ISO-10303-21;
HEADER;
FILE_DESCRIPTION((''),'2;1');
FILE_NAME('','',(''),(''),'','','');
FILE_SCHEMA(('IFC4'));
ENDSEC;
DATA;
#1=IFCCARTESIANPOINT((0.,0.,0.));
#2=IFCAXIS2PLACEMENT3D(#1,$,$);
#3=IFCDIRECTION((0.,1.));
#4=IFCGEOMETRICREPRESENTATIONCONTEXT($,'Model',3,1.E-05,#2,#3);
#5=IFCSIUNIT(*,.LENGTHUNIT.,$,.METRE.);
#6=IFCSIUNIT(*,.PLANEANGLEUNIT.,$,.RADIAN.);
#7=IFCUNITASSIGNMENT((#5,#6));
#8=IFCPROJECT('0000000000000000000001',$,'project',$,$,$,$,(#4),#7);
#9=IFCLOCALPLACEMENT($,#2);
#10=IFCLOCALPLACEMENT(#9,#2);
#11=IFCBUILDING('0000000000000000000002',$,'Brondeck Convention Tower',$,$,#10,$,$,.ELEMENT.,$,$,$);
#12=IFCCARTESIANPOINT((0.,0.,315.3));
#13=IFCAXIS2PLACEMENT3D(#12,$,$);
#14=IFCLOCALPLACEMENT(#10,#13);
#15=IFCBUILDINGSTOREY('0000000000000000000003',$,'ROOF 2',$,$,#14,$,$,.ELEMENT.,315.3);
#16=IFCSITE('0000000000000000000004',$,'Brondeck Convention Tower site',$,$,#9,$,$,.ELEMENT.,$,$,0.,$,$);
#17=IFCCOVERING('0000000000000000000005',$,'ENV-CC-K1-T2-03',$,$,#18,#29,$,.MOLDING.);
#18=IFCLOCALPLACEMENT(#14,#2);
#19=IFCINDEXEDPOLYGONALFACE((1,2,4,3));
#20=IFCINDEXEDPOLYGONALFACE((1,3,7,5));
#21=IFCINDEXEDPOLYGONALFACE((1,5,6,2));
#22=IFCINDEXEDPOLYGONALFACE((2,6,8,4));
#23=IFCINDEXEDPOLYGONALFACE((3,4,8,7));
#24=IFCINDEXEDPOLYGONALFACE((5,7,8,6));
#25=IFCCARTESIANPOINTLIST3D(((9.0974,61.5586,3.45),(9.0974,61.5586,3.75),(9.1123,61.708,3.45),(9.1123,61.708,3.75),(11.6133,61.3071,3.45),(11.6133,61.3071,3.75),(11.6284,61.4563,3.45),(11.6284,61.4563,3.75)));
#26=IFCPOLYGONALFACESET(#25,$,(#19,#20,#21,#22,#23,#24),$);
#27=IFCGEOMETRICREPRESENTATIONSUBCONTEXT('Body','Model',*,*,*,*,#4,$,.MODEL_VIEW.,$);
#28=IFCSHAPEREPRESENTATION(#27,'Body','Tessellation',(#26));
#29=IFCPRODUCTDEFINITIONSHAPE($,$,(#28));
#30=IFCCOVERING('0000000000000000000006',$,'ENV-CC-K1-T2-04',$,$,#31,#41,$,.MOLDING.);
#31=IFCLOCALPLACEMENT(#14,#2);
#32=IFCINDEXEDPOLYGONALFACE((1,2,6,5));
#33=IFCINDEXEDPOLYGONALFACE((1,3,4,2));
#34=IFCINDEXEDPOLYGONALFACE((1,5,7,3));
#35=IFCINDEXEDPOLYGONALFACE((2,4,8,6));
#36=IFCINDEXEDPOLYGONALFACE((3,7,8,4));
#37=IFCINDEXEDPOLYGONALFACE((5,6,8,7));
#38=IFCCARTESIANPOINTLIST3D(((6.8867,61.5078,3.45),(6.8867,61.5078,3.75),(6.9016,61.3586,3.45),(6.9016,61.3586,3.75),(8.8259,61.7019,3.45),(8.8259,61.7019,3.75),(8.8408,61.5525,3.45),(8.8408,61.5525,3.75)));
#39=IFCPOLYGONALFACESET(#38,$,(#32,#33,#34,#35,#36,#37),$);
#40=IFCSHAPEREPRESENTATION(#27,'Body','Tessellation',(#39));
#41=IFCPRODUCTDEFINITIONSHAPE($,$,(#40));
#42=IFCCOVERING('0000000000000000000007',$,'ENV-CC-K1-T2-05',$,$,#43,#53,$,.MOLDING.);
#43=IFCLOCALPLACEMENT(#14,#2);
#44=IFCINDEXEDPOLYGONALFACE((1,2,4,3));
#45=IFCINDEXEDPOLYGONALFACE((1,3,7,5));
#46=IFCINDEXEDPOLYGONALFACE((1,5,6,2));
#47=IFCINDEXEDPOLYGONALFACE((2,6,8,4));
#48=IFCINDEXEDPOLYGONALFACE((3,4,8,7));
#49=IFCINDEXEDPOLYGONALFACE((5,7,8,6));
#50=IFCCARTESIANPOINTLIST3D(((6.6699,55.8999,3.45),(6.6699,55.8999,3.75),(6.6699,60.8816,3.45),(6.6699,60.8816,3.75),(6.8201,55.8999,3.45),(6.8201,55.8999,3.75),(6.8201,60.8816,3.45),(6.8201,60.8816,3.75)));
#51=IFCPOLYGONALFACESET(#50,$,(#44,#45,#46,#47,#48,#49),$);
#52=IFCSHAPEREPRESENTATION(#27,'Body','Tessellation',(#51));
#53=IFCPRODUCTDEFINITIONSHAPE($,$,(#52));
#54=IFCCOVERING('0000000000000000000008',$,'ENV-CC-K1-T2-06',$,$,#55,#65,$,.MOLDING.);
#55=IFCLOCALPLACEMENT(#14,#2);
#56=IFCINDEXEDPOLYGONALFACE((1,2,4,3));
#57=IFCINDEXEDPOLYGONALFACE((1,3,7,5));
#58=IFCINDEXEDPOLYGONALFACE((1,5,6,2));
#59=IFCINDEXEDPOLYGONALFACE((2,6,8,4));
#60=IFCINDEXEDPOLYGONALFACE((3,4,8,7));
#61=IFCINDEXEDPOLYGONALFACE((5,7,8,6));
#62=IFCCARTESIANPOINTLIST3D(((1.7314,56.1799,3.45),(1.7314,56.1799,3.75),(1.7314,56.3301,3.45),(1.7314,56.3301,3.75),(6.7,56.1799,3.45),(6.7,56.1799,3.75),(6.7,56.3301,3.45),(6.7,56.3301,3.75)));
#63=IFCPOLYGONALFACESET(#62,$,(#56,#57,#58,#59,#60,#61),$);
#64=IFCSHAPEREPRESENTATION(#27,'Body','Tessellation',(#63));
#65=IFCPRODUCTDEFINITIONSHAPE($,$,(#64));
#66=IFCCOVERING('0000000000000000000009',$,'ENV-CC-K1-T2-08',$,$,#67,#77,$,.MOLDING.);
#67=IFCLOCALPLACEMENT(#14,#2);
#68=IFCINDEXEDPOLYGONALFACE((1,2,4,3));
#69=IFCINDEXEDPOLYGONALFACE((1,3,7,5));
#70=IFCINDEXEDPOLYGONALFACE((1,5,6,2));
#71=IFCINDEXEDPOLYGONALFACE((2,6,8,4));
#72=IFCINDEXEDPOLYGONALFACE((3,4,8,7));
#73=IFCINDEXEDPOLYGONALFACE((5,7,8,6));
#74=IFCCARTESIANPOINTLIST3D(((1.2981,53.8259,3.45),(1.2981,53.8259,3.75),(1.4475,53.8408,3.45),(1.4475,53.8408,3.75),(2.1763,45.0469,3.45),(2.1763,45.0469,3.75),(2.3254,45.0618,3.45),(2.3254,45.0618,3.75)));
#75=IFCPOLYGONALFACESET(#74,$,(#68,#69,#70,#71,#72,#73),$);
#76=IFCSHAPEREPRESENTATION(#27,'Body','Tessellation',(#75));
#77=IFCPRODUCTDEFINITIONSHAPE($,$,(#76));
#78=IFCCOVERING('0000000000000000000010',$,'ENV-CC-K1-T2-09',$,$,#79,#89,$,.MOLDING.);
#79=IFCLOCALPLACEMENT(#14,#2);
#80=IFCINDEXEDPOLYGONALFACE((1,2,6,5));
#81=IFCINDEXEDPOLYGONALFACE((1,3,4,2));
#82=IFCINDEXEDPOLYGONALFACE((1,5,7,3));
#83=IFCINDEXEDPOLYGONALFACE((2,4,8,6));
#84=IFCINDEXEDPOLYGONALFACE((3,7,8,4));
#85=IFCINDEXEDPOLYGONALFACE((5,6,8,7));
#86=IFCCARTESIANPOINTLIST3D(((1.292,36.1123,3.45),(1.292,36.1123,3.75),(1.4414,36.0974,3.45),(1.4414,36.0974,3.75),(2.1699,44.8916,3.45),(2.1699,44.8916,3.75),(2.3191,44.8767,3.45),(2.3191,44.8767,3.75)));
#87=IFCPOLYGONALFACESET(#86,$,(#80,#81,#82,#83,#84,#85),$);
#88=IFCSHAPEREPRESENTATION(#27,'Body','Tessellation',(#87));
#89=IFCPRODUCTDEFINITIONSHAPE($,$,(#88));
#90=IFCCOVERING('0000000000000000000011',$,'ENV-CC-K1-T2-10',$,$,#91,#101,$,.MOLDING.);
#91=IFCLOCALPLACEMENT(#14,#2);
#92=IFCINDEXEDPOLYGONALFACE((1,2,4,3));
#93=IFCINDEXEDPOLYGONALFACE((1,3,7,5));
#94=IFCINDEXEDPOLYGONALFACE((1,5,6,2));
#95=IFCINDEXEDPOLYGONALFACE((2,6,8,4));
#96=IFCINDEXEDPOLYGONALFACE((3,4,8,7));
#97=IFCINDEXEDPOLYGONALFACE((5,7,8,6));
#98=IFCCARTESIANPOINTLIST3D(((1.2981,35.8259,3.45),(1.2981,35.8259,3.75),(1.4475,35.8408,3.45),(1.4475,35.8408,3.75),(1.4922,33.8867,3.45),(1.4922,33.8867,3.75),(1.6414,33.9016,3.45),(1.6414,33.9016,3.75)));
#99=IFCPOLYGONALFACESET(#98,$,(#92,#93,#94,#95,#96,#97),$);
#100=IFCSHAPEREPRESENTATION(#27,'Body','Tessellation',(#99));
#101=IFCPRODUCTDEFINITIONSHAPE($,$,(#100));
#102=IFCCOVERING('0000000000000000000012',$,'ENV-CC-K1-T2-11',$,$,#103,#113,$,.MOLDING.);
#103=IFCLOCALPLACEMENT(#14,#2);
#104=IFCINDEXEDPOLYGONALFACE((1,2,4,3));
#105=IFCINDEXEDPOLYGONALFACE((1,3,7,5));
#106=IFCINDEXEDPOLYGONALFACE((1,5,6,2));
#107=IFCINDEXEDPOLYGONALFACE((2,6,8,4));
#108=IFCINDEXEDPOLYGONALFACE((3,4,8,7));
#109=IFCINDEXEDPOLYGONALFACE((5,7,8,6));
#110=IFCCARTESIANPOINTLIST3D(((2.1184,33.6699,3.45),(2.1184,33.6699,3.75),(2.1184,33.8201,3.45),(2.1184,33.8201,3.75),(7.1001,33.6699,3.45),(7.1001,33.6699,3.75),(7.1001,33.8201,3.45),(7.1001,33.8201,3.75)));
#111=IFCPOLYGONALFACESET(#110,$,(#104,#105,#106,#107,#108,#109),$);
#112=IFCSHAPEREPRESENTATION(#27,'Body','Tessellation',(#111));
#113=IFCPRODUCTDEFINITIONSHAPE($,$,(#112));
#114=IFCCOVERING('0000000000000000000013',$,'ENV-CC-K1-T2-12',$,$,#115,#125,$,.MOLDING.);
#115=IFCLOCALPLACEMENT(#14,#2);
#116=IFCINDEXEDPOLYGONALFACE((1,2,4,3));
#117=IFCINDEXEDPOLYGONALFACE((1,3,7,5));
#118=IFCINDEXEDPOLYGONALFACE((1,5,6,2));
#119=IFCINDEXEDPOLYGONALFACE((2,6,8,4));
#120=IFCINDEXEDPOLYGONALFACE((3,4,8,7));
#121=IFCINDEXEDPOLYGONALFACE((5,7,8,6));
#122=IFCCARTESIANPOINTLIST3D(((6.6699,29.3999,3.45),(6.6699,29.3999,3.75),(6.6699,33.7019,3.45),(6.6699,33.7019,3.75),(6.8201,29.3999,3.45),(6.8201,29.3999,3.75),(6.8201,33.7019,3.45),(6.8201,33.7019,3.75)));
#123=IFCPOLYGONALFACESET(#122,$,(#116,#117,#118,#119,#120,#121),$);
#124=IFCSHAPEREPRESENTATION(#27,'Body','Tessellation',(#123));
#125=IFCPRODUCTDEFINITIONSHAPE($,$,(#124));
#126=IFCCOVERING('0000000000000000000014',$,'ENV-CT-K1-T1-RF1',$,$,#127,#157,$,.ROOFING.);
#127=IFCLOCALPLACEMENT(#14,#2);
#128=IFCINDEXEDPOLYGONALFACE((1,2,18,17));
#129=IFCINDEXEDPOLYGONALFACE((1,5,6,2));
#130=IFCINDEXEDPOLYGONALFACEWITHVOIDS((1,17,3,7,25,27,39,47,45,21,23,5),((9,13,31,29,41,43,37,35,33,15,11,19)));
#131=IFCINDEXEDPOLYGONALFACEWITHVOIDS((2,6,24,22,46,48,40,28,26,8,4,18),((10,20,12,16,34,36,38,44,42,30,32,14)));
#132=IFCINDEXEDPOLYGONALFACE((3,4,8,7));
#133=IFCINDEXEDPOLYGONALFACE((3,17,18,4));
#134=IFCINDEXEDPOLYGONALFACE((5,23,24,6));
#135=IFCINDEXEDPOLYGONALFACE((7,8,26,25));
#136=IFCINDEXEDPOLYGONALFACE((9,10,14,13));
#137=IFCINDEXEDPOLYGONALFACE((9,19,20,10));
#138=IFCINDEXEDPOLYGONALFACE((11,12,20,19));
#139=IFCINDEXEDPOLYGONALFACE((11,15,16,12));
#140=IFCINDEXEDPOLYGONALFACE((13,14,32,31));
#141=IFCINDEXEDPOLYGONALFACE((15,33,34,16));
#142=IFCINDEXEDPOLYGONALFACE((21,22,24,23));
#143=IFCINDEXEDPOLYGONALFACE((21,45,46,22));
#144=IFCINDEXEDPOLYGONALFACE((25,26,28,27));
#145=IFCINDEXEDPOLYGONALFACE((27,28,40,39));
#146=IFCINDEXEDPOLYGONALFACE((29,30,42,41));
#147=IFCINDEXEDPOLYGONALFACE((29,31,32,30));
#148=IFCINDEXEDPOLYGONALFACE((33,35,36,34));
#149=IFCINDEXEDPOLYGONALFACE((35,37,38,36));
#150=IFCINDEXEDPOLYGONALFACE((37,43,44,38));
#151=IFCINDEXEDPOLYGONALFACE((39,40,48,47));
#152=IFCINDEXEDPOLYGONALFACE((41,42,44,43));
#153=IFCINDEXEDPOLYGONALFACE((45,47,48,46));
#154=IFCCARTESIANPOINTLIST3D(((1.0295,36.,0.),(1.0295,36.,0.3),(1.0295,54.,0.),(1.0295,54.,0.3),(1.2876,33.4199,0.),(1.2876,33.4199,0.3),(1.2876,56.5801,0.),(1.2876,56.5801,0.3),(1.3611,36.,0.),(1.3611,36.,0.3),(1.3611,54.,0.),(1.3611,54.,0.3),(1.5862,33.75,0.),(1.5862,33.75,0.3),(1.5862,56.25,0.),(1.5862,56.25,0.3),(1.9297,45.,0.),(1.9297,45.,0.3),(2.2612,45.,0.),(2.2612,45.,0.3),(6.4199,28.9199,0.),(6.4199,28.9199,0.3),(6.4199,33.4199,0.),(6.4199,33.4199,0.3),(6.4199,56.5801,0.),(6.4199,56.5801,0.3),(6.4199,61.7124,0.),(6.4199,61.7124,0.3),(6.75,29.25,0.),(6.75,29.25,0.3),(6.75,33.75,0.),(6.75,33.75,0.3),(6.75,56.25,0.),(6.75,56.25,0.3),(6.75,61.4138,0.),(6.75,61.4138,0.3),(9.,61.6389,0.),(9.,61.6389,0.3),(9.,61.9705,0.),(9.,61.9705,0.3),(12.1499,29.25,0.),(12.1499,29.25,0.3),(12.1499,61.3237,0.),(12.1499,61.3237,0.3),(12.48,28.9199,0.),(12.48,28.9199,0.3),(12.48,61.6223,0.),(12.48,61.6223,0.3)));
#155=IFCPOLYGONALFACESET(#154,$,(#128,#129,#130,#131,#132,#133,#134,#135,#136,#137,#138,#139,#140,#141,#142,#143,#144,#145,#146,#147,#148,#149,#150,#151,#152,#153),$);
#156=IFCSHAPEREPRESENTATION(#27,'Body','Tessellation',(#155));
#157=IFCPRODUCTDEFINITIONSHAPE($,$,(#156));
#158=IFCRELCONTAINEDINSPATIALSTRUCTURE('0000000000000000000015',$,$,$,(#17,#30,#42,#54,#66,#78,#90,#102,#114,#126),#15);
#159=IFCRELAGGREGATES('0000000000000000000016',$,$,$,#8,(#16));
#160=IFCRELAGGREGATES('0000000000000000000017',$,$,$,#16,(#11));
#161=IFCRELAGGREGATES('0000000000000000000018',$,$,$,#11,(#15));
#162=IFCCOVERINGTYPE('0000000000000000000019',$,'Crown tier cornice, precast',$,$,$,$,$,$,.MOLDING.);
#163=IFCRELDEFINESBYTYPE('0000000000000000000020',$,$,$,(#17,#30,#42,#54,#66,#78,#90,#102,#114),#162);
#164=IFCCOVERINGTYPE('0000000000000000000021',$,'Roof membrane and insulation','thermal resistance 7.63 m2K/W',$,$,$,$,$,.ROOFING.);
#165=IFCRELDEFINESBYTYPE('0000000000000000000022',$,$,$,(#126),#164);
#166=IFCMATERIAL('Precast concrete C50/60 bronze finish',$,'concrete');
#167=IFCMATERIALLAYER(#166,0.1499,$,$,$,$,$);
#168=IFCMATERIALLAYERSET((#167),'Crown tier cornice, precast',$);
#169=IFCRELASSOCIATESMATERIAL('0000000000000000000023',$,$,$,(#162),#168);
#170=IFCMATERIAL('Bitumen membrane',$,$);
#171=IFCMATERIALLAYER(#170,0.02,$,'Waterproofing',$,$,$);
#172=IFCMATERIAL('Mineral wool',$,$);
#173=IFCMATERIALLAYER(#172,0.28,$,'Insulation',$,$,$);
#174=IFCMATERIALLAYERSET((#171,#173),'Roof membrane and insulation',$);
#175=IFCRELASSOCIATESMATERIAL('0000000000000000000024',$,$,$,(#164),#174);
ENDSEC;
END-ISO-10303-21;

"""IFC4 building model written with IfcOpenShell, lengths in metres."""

from ifc_helpers import new_model, si_unit, direction, frame, origin, place, context, subcontext, project, spatial, polyline, outline, extrude, material, layer, layer_set, type_object, element, save


model = new_model("IFC4")

# Units and contexts
model_context = context("Model", 3, precision=1e-05, world=origin(), true_north=direction((0.0, 1.0)))
body_context = subcontext(model_context, "Body", "Model", "MODEL_VIEW")
ifc_project = project(units=[si_unit("LENGTHUNIT", "METRE"), si_unit("PLANEANGLEUNIT", "RADIAN")], contexts=[model_context])

# Site, building, storey
site_placement = place(None, origin())
site = spatial("IfcSite", under=ifc_project, at=site_placement, Name="Brondeck Convention Tower site", CompositionType="ELEMENT", RefElevation=0.0)
building_placement = place(site_placement, origin())
building = spatial("IfcBuilding", under=site, at=building_placement, Name="Brondeck Convention Tower", CompositionType="ELEMENT")
storey_placement = place(building_placement, frame((0.0, 0.0, 315.3)))
storey = spatial("IfcBuildingStorey", under=building, at=storey_placement, Name="ROOF 2", CompositionType="ELEMENT", Elevation=315.3)

# Coverings
ifc_material_1 = material(Name="Precast concrete C50/60 bronze finish", Category="concrete")
ifc_layer_1 = layer(ifc_material_1, 0.1499)
ifc_layer_set_1 = layer_set([ifc_layer_1], Name="Crown tier cornice, precast")
covering_type_1 = type_object("IfcCoveringType", Name="Crown tier cornice, precast", PredefinedType="MOLDING", material=ifc_layer_set_1)
covering_1_placement = place(storey_placement, frame((0.0, 0.0, 3.45)))
element("IfcCovering", 1, at=covering_1_placement, inside=storey, type_object=covering_type_1, Name="ENV-CC-K1-T2-03", PredefinedType="MOLDING", context=body_context, shape_type="SweptSolid", body=[
    extrude(outline(polyline([(11.6284, 61.4563), (9.1123, 61.708), (9.0974, 61.5586), (11.6133, 61.3071), (11.6284, 61.4563)])), origin(), (0.0, 0.0, 1.0), 0.3),
])
covering_2_placement = place(storey_placement, frame((0.0, 0.0, 3.45)))
element("IfcCovering", 2, at=covering_2_placement, inside=storey, type_object=covering_type_1, Name="ENV-CC-K1-T2-04", PredefinedType="MOLDING", context=body_context, shape_type="SweptSolid", body=[
    extrude(outline(polyline([(8.8259, 61.7019), (6.8867, 61.5078), (6.9016, 61.3586), (8.8408, 61.5525), (8.8259, 61.7019)])), origin(), (0.0, 0.0, 1.0), 0.3),
])
covering_3_placement = place(storey_placement, frame((0.0, 0.0, 3.45)))
element("IfcCovering", 3, at=covering_3_placement, inside=storey, type_object=covering_type_1, Name="ENV-CC-K1-T2-05", PredefinedType="MOLDING", context=body_context, shape_type="SweptSolid", body=[
    extrude(outline(polyline([(6.6699, 60.8816), (6.6699, 55.8999), (6.8201, 55.8999), (6.8201, 60.8816), (6.6699, 60.8816)])), origin(), (0.0, 0.0, 1.0), 0.3),
])
covering_4_placement = place(storey_placement, frame((0.0, 0.0, 3.45)))
element("IfcCovering", 4, at=covering_4_placement, inside=storey, type_object=covering_type_1, Name="ENV-CC-K1-T2-06", PredefinedType="MOLDING", context=body_context, shape_type="SweptSolid", body=[
    extrude(outline(polyline([(6.7, 56.3301), (1.7314, 56.3301), (1.7314, 56.1799), (6.7, 56.1799), (6.7, 56.3301)])), origin(), (0.0, 0.0, 1.0), 0.3),
])
covering_5_placement = place(storey_placement, frame((0.0, 0.0, 3.45)))
element("IfcCovering", 5, at=covering_5_placement, inside=storey, type_object=covering_type_1, Name="ENV-CC-K1-T2-08", PredefinedType="MOLDING", context=body_context, shape_type="SweptSolid", body=[
    extrude(outline(polyline([(1.2981, 53.8259), (2.1763, 45.0469), (2.3254, 45.0618), (1.4475, 53.8408), (1.2981, 53.8259)])), origin(), (0.0, 0.0, 1.0), 0.3),
])
covering_6_placement = place(storey_placement, frame((0.0, 0.0, 3.45)))
element("IfcCovering", 6, at=covering_6_placement, inside=storey, type_object=covering_type_1, Name="ENV-CC-K1-T2-09", PredefinedType="MOLDING", context=body_context, shape_type="SweptSolid", body=[
    extrude(outline(polyline([(2.1699, 44.8916), (1.292, 36.1123), (1.4414, 36.0974), (2.3191, 44.8767), (2.1699, 44.8916)])), origin(), (0.0, 0.0, 1.0), 0.3),
])
covering_7_placement = place(storey_placement, frame((0.0, 0.0, 3.45)))
element("IfcCovering", 7, at=covering_7_placement, inside=storey, type_object=covering_type_1, Name="ENV-CC-K1-T2-10", PredefinedType="MOLDING", context=body_context, shape_type="SweptSolid", body=[
    extrude(outline(polyline([(1.2981, 35.8259), (1.4922, 33.8867), (1.6414, 33.9016), (1.4475, 35.8408), (1.2981, 35.8259)])), origin(), (0.0, 0.0, 1.0), 0.3),
])
covering_8_placement = place(storey_placement, frame((0.0, 0.0, 3.45)))
element("IfcCovering", 8, at=covering_8_placement, inside=storey, type_object=covering_type_1, Name="ENV-CC-K1-T2-11", PredefinedType="MOLDING", context=body_context, shape_type="SweptSolid", body=[
    extrude(outline(polyline([(2.1184, 33.6699), (7.1001, 33.6699), (7.1001, 33.8201), (2.1184, 33.8201), (2.1184, 33.6699)])), origin(), (0.0, 0.0, 1.0), 0.3),
])
covering_9_placement = place(storey_placement, frame((0.0, 0.0, 3.45)))
element("IfcCovering", 9, at=covering_9_placement, inside=storey, type_object=covering_type_1, Name="ENV-CC-K1-T2-12", PredefinedType="MOLDING", context=body_context, shape_type="SweptSolid", body=[
    extrude(outline(polyline([(6.6699, 33.7019), (6.6699, 29.3999), (6.8201, 29.3999), (6.8201, 33.7019), (6.6699, 33.7019)])), origin(), (0.0, 0.0, 1.0), 0.3),
])
ifc_material_2 = material(Name="Bitumen membrane")
ifc_layer_2 = layer(ifc_material_2, 0.02, Name="Waterproofing")
ifc_material_3 = material(Name="Mineral wool")
ifc_layer_3 = layer(ifc_material_3, 0.28, Name="Insulation")
ifc_layer_set_2 = layer_set([ifc_layer_2, ifc_layer_3], Name="Roof membrane and insulation")
covering_type_2 = type_object("IfcCoveringType", Name="Roof membrane and insulation", Description="thermal resistance 7.63 m2K/W", PredefinedType="ROOFING", material=ifc_layer_set_2)
covering_10_placement = place(storey_placement, origin())
element("IfcCovering", 10, at=covering_10_placement, inside=storey, type_object=covering_type_2, Name="ENV-CT-K1-T1-RF1", PredefinedType="ROOFING", context=body_context, shape_type="SweptSolid", body=[
    extrude(outline(polyline([(1.2876, 33.4199), (6.4199, 33.4199), (6.4199, 28.9199), (12.48, 28.9199), (12.48, 61.6223), (9.0, 61.9705), (6.4199, 61.7124), (6.4199, 56.5801), (1.2876, 56.5801), (1.0295, 54.0), (1.9297, 45.0), (1.0295, 36.0), (1.2876, 33.4199)]), holes=[polyline([(12.1499, 61.3237), (12.1499, 29.25), (6.75, 29.25), (6.75, 33.75), (1.5862, 33.75), (1.3611, 36.0), (2.2612, 45.0), (1.3611, 54.0), (1.5862, 56.25), (6.75, 56.25), (6.75, 61.4138), (9.0, 61.6389), (12.1499, 61.3237)])]), origin(), (0.0, 0.0, 1.0), 0.3),
])

save(model, "model.ifc")
